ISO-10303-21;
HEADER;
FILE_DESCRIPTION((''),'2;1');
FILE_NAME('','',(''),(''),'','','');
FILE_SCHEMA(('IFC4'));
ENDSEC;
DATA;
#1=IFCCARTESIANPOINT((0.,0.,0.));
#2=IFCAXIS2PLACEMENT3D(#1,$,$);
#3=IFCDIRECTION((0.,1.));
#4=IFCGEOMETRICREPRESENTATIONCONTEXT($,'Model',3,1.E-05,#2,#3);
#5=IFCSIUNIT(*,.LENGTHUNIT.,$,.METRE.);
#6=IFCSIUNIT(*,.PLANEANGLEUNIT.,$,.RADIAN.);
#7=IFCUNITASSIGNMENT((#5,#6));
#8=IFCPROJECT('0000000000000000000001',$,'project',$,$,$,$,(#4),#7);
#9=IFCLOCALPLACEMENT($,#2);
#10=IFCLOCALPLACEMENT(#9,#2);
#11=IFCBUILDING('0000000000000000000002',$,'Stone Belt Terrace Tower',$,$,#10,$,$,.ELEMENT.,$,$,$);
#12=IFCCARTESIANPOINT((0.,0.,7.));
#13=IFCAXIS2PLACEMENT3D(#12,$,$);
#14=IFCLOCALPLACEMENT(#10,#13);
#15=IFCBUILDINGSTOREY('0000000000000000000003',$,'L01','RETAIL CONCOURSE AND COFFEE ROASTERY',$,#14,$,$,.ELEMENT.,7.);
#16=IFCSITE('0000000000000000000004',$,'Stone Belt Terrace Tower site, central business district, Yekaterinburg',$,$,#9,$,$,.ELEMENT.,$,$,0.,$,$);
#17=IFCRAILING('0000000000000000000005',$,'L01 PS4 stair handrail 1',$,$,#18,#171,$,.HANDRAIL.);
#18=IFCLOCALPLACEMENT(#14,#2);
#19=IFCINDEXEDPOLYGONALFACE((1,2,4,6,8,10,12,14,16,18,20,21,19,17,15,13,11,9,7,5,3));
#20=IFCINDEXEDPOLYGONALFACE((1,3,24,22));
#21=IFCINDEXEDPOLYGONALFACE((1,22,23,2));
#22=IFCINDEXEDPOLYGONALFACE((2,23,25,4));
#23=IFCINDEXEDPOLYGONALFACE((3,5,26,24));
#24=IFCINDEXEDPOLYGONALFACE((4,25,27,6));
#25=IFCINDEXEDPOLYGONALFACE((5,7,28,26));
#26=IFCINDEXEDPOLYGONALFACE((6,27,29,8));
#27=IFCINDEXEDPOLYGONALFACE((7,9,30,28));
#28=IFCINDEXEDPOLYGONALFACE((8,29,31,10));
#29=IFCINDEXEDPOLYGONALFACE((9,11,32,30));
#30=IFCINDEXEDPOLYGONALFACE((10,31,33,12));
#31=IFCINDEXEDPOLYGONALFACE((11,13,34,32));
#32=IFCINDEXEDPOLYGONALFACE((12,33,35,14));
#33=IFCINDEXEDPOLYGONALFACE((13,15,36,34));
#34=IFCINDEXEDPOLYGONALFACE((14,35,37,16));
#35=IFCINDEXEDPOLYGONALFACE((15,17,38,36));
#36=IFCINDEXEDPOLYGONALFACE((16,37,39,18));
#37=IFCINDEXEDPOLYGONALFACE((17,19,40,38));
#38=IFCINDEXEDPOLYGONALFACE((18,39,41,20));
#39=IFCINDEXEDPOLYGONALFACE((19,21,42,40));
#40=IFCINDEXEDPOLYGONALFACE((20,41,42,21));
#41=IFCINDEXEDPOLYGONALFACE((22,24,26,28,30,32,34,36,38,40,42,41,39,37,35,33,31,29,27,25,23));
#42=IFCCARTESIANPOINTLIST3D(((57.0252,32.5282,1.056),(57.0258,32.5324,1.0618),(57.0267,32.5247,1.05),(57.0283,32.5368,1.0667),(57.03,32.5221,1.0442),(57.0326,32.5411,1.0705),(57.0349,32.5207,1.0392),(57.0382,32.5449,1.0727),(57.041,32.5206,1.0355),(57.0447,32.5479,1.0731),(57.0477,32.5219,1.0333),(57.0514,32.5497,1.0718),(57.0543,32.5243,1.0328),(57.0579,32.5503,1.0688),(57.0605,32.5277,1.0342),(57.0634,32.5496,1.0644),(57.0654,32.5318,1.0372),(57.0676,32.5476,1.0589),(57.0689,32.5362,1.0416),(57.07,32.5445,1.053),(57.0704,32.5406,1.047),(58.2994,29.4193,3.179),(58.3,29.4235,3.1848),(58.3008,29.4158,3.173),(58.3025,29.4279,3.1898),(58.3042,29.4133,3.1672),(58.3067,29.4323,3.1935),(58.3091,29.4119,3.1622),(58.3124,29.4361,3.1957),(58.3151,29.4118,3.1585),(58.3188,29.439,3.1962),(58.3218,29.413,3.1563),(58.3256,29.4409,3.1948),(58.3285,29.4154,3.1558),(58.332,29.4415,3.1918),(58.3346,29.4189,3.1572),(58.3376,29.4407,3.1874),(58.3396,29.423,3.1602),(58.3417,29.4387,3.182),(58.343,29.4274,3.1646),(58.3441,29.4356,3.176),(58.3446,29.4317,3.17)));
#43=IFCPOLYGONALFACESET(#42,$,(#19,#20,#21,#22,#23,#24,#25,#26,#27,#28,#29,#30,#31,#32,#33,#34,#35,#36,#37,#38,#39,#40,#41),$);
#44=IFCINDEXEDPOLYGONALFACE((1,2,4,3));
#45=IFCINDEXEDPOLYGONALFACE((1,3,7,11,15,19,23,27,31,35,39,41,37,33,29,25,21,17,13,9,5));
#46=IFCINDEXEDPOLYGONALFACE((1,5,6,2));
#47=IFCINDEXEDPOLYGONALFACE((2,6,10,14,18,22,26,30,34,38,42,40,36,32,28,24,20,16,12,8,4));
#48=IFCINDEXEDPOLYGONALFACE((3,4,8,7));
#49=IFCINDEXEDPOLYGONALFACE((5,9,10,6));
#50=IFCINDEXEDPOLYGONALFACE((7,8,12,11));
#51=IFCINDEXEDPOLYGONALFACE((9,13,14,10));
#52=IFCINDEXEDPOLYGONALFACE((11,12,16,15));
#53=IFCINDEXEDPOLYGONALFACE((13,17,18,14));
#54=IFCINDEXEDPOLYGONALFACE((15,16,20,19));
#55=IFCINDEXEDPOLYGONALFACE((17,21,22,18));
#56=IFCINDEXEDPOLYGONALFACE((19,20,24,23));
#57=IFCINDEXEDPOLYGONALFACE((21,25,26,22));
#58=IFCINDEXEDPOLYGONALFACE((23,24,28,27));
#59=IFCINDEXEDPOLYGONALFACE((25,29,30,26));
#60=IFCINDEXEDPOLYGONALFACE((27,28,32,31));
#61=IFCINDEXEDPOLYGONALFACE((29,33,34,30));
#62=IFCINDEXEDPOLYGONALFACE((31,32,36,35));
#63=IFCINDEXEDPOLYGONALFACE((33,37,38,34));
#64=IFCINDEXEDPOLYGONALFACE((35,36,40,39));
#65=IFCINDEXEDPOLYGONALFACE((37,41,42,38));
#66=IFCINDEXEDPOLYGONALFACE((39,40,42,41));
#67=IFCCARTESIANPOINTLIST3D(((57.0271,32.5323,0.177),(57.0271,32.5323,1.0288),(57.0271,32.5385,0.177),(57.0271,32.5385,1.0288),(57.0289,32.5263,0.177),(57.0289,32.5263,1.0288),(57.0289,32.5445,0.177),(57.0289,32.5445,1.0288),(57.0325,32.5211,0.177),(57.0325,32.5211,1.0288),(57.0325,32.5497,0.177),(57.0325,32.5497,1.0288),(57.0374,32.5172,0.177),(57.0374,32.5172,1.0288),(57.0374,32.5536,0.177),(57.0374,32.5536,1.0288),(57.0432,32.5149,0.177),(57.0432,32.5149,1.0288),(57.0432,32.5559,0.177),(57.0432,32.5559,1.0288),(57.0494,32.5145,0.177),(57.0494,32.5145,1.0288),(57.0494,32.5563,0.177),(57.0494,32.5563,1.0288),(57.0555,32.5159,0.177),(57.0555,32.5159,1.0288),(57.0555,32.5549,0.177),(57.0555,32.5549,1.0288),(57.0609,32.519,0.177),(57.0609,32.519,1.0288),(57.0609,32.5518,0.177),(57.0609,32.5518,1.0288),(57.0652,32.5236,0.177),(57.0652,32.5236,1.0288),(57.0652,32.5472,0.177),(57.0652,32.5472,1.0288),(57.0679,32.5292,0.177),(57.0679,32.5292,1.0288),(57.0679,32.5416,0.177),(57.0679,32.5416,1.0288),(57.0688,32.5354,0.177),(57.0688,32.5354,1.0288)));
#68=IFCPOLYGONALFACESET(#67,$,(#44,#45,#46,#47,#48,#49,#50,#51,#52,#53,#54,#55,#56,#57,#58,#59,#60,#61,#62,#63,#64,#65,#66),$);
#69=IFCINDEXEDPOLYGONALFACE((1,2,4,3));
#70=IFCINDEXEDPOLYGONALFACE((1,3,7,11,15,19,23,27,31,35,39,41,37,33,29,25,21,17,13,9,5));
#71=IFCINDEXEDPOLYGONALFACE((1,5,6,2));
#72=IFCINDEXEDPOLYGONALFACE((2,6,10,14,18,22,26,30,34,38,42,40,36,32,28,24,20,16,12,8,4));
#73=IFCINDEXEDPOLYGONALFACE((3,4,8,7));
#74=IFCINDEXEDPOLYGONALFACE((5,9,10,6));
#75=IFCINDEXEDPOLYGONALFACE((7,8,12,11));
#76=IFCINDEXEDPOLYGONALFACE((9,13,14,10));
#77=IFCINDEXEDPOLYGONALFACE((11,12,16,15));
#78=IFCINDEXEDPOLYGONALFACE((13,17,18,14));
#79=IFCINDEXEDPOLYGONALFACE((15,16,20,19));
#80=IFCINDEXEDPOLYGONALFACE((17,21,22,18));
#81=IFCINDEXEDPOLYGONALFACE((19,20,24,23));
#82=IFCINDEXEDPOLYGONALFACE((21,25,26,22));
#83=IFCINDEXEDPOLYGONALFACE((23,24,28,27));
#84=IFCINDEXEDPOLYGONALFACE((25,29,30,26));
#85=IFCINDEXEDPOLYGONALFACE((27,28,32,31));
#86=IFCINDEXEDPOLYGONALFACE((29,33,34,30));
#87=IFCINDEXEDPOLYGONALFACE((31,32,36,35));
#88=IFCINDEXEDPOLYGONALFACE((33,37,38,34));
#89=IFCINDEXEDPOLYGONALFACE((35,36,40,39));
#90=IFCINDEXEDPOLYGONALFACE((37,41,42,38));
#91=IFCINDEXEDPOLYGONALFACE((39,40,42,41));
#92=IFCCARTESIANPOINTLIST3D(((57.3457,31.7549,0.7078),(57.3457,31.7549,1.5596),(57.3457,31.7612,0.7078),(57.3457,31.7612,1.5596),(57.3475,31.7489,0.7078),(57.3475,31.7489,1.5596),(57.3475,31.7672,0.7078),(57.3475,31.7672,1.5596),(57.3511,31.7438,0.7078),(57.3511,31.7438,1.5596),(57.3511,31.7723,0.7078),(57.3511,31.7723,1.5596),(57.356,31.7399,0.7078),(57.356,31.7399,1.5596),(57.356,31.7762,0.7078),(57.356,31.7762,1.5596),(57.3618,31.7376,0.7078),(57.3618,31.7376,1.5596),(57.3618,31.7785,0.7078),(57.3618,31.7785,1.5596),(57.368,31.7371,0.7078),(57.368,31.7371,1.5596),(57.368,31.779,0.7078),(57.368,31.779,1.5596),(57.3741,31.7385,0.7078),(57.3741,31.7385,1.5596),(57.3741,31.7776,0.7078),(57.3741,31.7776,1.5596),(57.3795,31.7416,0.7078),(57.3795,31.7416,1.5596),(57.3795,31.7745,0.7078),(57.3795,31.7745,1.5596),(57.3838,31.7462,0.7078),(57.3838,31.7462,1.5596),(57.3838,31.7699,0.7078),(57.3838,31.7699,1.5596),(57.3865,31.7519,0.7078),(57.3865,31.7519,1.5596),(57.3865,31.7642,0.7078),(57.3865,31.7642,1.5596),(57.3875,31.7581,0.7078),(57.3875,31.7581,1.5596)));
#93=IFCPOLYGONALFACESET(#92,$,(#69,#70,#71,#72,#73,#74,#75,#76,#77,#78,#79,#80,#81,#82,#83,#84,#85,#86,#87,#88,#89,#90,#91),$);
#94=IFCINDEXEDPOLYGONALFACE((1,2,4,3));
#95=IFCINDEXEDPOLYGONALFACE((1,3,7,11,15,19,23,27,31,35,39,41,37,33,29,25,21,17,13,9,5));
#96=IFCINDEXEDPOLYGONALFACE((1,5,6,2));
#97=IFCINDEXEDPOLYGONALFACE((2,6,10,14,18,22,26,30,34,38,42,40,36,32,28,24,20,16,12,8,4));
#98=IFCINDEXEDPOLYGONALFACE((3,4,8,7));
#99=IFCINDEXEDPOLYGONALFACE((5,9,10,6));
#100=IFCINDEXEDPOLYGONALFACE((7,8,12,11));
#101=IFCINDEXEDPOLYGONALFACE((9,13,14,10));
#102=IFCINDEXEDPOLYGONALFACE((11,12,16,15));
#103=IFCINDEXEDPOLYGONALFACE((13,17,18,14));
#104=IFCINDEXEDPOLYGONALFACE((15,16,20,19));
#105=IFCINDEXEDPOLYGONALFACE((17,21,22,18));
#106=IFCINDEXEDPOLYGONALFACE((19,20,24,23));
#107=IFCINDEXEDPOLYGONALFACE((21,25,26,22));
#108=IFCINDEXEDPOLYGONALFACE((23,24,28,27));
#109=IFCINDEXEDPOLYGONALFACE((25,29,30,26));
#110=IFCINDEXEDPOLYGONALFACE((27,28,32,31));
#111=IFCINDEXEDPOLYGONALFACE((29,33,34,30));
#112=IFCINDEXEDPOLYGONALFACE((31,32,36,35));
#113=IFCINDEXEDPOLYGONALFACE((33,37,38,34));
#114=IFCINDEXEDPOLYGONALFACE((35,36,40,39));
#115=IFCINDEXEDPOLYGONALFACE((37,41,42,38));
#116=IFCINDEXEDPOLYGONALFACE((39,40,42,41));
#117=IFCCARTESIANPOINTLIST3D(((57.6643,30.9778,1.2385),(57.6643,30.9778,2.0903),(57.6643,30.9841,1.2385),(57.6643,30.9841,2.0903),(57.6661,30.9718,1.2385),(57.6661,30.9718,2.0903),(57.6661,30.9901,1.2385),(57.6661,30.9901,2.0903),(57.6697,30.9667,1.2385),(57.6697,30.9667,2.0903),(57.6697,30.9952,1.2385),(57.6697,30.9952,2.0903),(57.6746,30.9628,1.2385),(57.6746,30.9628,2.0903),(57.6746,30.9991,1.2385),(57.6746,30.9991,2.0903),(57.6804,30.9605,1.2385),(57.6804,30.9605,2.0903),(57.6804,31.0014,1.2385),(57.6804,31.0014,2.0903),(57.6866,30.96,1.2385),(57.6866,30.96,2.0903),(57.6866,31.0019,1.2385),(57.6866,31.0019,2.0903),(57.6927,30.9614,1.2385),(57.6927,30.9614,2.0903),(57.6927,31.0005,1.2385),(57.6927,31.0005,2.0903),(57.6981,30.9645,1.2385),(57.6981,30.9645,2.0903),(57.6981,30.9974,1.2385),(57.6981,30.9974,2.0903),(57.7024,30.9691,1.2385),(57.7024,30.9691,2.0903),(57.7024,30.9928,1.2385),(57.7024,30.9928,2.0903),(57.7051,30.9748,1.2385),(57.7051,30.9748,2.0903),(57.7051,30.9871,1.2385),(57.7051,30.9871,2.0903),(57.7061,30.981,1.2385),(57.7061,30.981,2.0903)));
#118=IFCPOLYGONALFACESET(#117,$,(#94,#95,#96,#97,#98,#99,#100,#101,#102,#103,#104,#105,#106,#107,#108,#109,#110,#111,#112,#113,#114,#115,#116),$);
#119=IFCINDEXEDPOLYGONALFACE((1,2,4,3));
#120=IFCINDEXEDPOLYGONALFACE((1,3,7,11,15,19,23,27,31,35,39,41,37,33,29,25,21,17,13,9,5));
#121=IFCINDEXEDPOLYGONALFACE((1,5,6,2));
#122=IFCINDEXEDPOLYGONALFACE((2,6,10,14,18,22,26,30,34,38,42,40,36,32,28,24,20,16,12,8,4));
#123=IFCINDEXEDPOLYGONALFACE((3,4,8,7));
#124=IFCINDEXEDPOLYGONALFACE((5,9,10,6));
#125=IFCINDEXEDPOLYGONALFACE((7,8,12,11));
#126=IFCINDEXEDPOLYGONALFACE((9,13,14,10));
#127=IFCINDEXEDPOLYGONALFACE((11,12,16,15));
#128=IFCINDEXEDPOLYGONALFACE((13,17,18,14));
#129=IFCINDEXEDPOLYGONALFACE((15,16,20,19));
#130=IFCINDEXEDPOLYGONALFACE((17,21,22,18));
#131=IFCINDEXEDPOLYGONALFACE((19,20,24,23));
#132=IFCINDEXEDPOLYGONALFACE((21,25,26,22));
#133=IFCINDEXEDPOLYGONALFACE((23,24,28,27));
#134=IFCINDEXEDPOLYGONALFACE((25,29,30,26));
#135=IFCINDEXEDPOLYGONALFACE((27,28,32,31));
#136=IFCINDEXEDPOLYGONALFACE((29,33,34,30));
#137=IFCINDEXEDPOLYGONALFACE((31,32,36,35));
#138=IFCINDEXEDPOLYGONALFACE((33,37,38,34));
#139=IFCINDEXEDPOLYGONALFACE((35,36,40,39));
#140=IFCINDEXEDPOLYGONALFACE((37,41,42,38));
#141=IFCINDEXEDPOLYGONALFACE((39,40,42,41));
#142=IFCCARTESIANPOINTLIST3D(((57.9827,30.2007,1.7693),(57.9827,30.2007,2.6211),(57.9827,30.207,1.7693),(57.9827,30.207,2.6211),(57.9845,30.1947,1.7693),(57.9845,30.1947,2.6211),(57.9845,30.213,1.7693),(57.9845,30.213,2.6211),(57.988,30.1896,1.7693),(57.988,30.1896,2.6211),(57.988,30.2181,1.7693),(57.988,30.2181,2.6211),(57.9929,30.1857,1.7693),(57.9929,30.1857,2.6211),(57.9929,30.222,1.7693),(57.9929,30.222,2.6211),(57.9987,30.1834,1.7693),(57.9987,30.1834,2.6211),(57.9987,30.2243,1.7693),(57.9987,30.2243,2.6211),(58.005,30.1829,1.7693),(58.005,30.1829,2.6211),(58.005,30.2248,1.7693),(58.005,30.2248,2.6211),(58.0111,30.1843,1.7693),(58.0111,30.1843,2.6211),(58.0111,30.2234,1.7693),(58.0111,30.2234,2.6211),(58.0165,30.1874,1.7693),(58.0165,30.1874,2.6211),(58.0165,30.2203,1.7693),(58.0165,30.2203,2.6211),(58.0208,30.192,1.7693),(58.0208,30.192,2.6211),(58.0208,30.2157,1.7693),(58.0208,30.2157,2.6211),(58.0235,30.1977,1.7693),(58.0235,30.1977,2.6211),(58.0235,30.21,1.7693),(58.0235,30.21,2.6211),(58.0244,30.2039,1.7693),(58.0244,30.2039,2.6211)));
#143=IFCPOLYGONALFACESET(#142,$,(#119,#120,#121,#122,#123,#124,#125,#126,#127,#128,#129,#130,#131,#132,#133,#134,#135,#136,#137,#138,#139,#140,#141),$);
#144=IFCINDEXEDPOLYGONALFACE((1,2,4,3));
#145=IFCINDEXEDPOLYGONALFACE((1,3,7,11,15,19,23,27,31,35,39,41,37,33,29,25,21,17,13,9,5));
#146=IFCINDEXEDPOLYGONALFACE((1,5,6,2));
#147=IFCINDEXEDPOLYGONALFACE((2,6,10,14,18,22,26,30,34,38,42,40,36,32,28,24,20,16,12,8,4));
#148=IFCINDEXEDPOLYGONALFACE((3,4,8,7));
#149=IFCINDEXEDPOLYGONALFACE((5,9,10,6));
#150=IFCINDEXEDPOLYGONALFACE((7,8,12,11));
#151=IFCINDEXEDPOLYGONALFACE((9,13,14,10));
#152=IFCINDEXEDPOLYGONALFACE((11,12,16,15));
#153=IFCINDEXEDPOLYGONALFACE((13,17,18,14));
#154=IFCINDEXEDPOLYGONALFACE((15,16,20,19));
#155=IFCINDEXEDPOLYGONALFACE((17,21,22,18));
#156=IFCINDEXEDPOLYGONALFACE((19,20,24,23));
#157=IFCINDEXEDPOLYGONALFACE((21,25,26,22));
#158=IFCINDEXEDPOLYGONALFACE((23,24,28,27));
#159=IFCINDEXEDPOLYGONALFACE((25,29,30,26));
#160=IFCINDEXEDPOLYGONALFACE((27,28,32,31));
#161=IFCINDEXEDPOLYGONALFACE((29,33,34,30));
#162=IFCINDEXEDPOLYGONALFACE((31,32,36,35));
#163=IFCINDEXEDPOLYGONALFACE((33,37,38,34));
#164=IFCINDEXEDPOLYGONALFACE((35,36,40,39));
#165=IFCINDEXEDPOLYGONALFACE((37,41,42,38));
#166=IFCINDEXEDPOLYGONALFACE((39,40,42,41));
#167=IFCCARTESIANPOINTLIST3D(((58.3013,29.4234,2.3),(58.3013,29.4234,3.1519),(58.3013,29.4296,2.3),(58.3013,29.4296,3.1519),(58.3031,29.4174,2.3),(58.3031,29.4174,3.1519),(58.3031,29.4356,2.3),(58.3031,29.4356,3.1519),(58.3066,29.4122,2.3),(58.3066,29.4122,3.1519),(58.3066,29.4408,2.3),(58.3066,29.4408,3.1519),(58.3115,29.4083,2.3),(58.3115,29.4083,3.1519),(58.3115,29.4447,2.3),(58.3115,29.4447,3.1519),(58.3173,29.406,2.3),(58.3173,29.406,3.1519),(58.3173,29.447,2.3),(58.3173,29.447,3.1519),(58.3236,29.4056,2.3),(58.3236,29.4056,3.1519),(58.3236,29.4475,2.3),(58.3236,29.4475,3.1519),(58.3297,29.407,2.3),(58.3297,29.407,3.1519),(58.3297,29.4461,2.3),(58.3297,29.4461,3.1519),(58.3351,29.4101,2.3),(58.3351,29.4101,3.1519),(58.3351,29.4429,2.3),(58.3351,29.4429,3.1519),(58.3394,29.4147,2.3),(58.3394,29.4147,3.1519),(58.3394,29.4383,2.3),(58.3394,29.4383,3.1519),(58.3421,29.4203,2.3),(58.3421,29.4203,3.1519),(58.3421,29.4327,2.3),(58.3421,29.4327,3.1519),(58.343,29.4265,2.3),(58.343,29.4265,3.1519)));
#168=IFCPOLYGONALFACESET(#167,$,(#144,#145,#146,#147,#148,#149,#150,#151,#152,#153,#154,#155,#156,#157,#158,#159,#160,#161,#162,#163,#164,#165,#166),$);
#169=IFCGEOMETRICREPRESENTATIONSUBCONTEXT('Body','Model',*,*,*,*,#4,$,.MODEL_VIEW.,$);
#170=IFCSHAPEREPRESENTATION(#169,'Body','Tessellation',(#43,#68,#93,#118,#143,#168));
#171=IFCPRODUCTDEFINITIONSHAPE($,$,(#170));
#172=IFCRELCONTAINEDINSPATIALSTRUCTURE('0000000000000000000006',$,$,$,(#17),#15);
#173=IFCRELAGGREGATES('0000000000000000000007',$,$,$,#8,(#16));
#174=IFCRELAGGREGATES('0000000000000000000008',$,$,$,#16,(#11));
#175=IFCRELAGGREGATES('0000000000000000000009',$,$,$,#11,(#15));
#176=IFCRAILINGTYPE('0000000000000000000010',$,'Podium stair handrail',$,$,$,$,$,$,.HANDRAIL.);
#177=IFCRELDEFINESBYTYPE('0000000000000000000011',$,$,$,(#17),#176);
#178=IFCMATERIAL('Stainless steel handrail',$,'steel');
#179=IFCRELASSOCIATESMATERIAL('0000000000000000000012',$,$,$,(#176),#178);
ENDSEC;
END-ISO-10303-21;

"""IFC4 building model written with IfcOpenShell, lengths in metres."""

from ifc_helpers import new_model, si_unit, direction, frame, origin, origin_2d, place, context, subcontext, project, spatial, circle, extrude, material, type_object, element, save


model = new_model("IFC4")

# Units and contexts
model_context = context("Model", 3, precision=1e-05, world=origin(), true_north=direction((0.0, 1.0)))
body_context = subcontext(model_context, "Body", "Model", "MODEL_VIEW")
ifc_project = project(units=[si_unit("LENGTHUNIT", "METRE"), si_unit("PLANEANGLEUNIT", "RADIAN")], contexts=[model_context])

# Site, building, storey
site_placement = place(None, origin())
site = spatial("IfcSite", under=ifc_project, at=site_placement, Name="Stone Belt Terrace Tower site, central business district, Yekaterinburg", CompositionType="ELEMENT", RefElevation=0.0)
building_placement = place(site_placement, origin())
building = spatial("IfcBuilding", under=site, at=building_placement, Name="Stone Belt Terrace Tower", CompositionType="ELEMENT")
storey_placement = place(building_placement, frame((0.0, 0.0, 7.0)))
storey = spatial("IfcBuildingStorey", under=building, at=storey_placement, Name="L01", Description="RETAIL CONCOURSE AND COFFEE ROASTERY", CompositionType="ELEMENT", Elevation=7.0)

# Railing
ifc_material_1 = material(Name="Stainless steel handrail", Category="steel")
railing_type_1 = type_object("IfcRailingType", Name="Podium stair handrail", PredefinedType="HANDRAIL", material=ifc_material_1)
railing_1_placement = place(storey_placement, frame((57.0479, 32.5354, 0.177)))
element("IfcRailing", 1, at=railing_1_placement, inside=storey, type_object=railing_type_1, Name="L01 PS4 stair handrail 1", PredefinedType="HANDRAIL", context=body_context, shape_type="SweptSolid", body=[
    extrude(circle(Radius=0.0239, at=origin_2d()), frame((0.0, 0.0, 0.876), z_axis=(0.320593, -0.782224, 0.534178), x_axis=(0.925301, 0.379233, 0.0)), (0.0, 0.0, 1.0), 3.9744),
    extrude(circle(Radius=0.021, at=origin_2d()), origin(), (0.0, 0.0, 1.0), 0.8518),
    extrude(circle(Radius=0.021, at=origin_2d()), frame((0.3186, -0.7773, 0.5308)), (0.0, 0.0, 1.0), 0.8518),
    extrude(circle(Radius=0.021, at=origin_2d()), frame((0.6372, -1.5544, 1.0615)), (0.0, 0.0, 1.0), 0.8518),
    extrude(circle(Radius=0.021, at=origin_2d()), frame((0.9556, -2.3315, 1.5923)), (0.0, 0.0, 1.0), 0.8518),
    extrude(circle(Radius=0.021, at=origin_2d()), frame((1.2742, -3.1089, 2.123)), (0.0, 0.0, 1.0), 0.8518),
])

save(model, "model.ifc")
